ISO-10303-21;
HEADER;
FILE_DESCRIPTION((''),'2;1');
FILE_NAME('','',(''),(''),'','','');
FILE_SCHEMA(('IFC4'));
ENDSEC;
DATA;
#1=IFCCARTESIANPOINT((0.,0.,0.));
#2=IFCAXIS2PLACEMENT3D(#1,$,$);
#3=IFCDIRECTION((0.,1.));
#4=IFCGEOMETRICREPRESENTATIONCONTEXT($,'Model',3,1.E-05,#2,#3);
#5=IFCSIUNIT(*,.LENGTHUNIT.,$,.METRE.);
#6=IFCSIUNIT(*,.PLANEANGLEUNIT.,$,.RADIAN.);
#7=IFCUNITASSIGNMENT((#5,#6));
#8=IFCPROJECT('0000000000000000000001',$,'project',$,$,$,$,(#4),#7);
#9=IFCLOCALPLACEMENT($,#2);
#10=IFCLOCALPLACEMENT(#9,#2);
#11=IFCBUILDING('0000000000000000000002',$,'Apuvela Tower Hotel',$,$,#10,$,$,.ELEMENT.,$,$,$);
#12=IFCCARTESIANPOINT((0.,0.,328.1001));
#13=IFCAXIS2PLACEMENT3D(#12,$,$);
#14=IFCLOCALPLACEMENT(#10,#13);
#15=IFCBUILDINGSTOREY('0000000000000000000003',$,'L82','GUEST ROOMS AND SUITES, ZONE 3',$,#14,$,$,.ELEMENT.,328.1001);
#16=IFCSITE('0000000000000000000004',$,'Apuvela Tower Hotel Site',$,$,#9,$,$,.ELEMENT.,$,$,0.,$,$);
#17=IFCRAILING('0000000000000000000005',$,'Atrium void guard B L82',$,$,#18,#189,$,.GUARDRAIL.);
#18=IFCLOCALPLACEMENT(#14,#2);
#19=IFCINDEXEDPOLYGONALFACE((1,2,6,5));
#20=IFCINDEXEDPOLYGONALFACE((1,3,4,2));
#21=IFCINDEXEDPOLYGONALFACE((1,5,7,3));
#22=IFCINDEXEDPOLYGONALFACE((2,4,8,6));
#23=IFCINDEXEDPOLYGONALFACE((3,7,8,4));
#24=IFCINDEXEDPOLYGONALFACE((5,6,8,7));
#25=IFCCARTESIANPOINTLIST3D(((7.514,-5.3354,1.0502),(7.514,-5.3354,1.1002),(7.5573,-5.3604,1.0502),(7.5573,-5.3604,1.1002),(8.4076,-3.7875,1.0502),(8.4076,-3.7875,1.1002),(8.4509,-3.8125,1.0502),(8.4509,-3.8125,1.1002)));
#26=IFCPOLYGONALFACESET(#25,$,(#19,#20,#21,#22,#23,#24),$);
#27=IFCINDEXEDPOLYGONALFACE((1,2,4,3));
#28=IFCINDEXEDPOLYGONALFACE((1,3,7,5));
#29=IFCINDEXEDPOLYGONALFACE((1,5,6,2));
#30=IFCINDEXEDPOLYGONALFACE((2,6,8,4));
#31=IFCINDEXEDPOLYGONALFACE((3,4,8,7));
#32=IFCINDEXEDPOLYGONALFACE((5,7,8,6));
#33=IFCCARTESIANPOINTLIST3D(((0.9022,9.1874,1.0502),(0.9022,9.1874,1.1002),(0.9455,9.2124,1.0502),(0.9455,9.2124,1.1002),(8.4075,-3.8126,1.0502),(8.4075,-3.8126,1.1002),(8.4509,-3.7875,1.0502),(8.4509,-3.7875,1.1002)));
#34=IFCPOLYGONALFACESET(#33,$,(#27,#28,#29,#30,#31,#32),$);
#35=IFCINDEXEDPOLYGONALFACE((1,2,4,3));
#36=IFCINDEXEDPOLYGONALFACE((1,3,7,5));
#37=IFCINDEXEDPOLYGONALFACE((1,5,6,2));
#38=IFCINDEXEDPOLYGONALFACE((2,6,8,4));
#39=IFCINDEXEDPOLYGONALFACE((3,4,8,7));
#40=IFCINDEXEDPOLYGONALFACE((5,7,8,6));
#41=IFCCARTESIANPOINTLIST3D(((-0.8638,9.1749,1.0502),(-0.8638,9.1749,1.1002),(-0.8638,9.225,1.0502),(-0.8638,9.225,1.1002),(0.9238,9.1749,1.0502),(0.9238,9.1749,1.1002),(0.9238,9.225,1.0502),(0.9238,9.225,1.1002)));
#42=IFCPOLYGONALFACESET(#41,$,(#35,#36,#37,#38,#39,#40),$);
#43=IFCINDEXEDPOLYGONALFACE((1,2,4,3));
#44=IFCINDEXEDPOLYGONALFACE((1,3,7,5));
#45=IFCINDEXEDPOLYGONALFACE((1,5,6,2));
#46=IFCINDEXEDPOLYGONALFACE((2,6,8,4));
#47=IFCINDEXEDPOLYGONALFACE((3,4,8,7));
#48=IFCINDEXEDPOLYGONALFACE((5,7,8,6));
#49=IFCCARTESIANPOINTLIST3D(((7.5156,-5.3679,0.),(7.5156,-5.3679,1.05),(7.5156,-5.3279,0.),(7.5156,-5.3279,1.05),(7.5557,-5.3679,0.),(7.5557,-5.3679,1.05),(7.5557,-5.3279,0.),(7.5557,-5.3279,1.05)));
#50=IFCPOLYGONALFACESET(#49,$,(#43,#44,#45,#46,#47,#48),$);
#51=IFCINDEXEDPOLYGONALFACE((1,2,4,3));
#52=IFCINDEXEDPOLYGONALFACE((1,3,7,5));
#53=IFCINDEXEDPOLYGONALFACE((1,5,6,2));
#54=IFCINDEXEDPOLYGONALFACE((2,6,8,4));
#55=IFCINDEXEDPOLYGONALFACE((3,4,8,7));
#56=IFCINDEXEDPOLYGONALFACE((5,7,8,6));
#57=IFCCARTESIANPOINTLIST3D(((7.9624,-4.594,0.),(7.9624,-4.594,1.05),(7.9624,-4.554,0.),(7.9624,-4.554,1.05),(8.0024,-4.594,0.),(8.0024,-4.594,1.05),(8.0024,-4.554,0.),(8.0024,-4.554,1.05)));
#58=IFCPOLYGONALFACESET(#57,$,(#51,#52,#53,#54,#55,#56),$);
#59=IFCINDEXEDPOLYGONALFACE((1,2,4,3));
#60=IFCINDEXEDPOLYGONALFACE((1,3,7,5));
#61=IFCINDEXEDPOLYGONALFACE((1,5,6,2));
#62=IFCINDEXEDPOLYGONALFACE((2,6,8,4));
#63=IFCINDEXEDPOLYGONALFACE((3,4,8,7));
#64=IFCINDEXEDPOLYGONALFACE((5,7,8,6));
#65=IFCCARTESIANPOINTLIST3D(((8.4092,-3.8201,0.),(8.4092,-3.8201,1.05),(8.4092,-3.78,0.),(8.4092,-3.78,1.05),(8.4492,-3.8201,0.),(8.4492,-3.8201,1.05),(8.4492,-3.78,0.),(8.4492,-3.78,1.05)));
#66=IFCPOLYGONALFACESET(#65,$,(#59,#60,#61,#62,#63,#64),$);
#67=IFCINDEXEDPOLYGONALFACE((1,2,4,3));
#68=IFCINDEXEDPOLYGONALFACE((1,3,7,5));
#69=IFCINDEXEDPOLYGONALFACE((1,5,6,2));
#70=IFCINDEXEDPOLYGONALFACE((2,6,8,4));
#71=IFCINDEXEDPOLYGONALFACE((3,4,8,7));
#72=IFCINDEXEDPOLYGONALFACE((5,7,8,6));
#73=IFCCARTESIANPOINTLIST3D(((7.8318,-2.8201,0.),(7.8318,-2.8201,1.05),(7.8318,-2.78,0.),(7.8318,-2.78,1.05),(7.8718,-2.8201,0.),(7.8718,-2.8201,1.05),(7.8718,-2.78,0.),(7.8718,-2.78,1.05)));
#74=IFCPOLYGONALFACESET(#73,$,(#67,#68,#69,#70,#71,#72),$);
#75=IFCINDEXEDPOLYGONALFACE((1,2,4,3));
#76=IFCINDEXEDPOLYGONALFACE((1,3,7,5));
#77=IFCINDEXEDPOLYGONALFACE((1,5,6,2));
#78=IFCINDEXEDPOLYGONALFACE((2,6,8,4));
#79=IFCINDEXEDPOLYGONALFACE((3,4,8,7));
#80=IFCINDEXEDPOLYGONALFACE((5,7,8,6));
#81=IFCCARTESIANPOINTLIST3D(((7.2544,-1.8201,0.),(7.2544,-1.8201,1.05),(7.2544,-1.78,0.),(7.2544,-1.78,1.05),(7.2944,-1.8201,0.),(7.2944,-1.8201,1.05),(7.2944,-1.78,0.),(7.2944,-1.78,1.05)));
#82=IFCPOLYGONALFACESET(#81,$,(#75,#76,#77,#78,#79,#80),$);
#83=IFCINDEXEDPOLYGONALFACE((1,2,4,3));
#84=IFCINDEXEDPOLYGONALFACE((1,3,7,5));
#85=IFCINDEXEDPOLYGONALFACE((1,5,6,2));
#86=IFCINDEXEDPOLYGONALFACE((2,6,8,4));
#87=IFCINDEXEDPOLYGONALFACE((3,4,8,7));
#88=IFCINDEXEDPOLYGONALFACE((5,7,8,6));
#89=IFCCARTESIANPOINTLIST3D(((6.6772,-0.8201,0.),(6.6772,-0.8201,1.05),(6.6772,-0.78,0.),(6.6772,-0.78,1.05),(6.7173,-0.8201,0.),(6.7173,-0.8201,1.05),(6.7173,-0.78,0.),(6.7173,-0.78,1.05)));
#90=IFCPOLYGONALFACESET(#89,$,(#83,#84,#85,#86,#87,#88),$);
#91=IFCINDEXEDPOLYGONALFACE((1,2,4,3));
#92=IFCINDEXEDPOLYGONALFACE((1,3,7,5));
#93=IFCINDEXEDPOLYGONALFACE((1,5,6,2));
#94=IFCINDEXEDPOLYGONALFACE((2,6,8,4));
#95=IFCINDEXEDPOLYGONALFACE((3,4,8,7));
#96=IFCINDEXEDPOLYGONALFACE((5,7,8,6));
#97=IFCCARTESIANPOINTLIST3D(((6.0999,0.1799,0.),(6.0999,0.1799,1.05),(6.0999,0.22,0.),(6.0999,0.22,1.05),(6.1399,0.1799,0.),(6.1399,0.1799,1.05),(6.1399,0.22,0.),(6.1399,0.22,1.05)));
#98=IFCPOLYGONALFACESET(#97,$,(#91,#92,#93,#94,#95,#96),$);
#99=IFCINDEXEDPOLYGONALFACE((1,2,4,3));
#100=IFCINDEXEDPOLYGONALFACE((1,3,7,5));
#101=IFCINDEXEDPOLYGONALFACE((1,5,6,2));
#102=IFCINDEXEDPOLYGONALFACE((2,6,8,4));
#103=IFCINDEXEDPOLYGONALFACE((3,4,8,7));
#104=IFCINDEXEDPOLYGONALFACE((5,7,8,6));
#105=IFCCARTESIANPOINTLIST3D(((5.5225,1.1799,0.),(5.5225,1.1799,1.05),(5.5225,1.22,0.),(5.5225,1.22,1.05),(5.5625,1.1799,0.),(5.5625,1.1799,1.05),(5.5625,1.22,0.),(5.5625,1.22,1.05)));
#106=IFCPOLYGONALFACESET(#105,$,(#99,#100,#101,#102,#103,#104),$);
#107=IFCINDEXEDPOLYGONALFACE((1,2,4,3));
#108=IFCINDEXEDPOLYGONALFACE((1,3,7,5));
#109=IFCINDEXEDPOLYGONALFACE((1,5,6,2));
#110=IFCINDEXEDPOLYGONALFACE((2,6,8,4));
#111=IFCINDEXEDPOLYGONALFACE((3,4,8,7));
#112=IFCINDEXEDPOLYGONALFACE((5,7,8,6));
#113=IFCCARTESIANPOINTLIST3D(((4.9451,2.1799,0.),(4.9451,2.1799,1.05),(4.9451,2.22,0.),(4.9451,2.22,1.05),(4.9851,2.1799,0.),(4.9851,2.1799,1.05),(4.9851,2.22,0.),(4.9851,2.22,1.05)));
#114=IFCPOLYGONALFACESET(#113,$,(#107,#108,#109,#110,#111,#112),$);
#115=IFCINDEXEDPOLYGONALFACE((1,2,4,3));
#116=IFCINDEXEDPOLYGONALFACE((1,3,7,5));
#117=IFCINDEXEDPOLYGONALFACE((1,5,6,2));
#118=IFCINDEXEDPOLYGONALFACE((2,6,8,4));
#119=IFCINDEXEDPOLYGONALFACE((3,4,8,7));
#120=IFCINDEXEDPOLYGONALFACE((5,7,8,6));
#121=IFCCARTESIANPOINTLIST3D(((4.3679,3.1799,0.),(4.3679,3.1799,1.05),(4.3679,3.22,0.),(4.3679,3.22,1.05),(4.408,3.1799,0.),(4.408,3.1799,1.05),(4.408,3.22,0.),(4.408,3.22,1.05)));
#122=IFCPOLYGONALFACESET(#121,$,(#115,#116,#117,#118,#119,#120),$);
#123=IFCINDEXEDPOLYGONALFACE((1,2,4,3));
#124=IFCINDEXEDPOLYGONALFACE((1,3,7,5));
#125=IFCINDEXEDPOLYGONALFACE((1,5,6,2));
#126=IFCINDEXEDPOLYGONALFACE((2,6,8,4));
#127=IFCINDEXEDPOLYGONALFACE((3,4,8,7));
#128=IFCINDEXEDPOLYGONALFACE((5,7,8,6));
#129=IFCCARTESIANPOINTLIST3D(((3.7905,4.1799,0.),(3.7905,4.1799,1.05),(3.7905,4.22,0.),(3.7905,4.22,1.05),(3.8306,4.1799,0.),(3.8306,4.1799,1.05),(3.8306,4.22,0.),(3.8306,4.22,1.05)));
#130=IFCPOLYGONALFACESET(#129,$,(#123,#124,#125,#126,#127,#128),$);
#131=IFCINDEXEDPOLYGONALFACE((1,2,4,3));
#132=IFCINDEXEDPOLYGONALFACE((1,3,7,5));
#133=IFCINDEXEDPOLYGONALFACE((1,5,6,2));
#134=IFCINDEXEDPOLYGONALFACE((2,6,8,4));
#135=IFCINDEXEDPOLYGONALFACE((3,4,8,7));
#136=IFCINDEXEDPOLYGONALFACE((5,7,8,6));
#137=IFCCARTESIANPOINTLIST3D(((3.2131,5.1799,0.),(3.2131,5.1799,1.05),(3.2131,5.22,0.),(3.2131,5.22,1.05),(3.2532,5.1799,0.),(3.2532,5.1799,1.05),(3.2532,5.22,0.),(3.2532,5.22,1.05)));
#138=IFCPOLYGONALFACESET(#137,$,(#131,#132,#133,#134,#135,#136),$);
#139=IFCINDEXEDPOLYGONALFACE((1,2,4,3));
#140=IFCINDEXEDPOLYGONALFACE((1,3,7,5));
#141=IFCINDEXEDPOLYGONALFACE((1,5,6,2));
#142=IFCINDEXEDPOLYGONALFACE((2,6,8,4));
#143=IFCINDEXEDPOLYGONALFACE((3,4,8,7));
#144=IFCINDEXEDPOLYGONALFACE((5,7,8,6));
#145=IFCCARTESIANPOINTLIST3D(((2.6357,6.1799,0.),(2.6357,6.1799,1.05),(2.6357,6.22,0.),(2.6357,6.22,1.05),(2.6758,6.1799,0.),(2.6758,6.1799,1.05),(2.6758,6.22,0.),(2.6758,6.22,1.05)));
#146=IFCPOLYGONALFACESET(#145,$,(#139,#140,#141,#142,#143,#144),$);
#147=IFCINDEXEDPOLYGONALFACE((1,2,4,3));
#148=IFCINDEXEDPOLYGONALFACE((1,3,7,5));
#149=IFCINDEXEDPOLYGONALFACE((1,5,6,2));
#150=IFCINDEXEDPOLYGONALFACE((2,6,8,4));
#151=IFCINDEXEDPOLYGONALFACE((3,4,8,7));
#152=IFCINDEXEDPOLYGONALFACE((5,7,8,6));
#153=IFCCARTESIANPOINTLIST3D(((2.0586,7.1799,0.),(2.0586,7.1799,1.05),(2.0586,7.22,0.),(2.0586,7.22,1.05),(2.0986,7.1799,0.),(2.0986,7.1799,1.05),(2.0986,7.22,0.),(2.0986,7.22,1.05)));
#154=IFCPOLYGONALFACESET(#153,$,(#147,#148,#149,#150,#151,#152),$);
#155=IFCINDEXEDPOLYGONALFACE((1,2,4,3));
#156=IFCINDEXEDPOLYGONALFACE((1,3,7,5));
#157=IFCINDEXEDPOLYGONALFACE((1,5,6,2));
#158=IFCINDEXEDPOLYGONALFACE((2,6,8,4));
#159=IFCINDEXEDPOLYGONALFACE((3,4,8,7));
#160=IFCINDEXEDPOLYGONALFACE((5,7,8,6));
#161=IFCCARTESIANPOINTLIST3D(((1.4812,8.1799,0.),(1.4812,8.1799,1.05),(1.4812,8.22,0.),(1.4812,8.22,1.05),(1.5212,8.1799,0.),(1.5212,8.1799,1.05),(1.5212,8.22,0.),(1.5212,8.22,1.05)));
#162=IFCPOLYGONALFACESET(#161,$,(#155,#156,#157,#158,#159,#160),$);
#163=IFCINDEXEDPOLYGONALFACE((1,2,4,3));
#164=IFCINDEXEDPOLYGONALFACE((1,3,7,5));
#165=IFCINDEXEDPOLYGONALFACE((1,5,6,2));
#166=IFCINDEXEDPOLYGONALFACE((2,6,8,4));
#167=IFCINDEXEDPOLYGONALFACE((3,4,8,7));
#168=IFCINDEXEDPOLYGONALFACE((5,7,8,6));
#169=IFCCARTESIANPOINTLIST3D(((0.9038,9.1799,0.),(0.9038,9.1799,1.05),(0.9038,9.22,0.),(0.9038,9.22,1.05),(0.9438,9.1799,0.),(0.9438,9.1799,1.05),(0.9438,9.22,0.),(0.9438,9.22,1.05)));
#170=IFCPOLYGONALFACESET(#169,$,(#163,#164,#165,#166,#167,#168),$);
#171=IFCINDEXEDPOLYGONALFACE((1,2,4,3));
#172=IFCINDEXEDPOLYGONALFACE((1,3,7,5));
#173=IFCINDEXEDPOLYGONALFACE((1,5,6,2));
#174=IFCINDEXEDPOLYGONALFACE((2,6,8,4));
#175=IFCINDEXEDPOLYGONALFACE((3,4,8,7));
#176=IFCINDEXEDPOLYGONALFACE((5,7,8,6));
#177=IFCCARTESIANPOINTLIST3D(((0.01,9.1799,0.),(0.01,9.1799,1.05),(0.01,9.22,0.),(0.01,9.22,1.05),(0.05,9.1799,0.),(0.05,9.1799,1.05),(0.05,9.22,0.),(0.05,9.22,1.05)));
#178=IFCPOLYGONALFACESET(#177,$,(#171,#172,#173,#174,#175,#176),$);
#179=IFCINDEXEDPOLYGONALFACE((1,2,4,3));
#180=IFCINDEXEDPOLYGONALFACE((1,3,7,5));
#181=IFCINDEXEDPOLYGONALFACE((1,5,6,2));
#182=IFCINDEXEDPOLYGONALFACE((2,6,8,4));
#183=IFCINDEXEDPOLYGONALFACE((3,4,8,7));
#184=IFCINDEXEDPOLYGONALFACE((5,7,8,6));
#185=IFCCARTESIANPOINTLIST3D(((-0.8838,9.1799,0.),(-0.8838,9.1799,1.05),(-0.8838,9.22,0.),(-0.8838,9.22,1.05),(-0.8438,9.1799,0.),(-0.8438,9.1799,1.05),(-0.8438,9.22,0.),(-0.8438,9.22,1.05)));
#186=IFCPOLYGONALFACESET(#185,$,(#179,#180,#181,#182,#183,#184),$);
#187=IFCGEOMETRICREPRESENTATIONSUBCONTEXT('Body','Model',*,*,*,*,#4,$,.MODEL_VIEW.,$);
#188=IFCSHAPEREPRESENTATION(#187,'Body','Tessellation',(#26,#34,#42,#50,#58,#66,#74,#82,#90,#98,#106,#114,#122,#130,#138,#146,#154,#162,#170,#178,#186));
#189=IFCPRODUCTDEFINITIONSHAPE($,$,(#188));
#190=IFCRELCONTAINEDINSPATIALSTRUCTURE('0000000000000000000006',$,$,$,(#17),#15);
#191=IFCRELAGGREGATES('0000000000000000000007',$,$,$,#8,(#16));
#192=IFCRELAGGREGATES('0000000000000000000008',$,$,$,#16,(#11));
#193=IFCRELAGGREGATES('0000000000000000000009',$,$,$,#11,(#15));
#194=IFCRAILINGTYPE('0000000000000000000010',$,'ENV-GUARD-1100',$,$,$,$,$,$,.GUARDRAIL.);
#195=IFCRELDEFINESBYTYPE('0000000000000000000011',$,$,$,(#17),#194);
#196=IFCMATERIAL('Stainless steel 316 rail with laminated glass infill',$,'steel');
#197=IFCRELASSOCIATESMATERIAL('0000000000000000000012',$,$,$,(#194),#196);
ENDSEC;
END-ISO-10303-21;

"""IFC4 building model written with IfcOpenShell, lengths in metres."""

from ifc_helpers import new_model, si_unit, direction, frame, origin, origin_2d, place, context, subcontext, project, spatial, rectangle, extrude, material, type_object, element, save


model = new_model("IFC4")

# Units and contexts
model_context = context("Model", 3, precision=1e-05, world=origin(), true_north=direction((0.0, 1.0)))
body_context = subcontext(model_context, "Body", "Model", "MODEL_VIEW")
ifc_project = project(units=[si_unit("LENGTHUNIT", "METRE"), si_unit("PLANEANGLEUNIT", "RADIAN")], contexts=[model_context])

# Site, building, storey
site_placement = place(None, origin())
site = spatial("IfcSite", under=ifc_project, at=site_placement, Name="Apuvela Tower Hotel Site", CompositionType="ELEMENT", RefElevation=0.0)
building_placement = place(site_placement, origin())
building = spatial("IfcBuilding", under=site, at=building_placement, Name="Apuvela Tower Hotel", CompositionType="ELEMENT")
storey_placement = place(building_placement, frame((0.0, 0.0, 328.1001)))
storey = spatial("IfcBuildingStorey", under=building, at=storey_placement, Name="L82", Description="GUEST ROOMS AND SUITES, ZONE 3", CompositionType="ELEMENT", Elevation=328.1001)

# Railing
ifc_material_1 = material(Name="Stainless steel 316 rail with laminated glass infill", Category="steel")
railing_type_1 = type_object("IfcRailingType", Name="ENV-GUARD-1100", PredefinedType="GUARDRAIL", material=ifc_material_1)
railing_1_placement = place(storey_placement, frame((7.5356, -5.3479, 0.0)))
element("IfcRailing", 1, at=railing_1_placement, inside=storey, type_object=railing_type_1, Name="Atrium void guard B L82", PredefinedType="GUARDRAIL", context=body_context, shape_type="SweptSolid", body=[
    extrude(rectangle(XDim=0.05, YDim=0.05, at=origin_2d()), frame((0.0, 0.0, 1.0752), z_axis=(0.499959, 0.866049, 0.0), x_axis=(-0.866049, 0.499959, 0.0)), (0.0, 0.0, 1.0), 1.7874),
    extrude(rectangle(XDim=0.05, YDim=0.05, at=origin_2d()), frame((0.8936, 1.5479, 1.0752), z_axis=(-0.499991, 0.866031, 0.0), x_axis=(-0.866031, -0.499991, 0.0)), (0.0, 0.0, 1.0), 15.011),
    extrude(rectangle(XDim=0.05, YDim=0.05, at=origin_2d()), frame((-6.6118, 14.5479, 1.0752), z_axis=(-1.0, 0.0, 0.0), x_axis=(0.0, -1.0, 0.0)), (0.0, 0.0, 1.0), 1.7876),
    extrude(rectangle(XDim=0.04, YDim=0.04, at=origin_2d()), origin(), (0.0, 0.0, 1.0), 1.05),
    extrude(rectangle(XDim=0.04, YDim=0.04, at=origin_2d()), frame((0.4468, 0.7739, 0.0)), (0.0, 0.0, 1.0), 1.05),
    extrude(rectangle(XDim=0.04, YDim=0.04, at=origin_2d()), frame((0.8936, 1.5479, 0.0)), (0.0, 0.0, 1.0), 1.05),
    extrude(rectangle(XDim=0.04, YDim=0.04, at=origin_2d()), frame((0.3162, 2.5479, 0.0)), (0.0, 0.0, 1.0), 1.05),
    extrude(rectangle(XDim=0.04, YDim=0.04, at=origin_2d()), frame((-0.2612, 3.5479, 0.0)), (0.0, 0.0, 1.0), 1.05),
    extrude(rectangle(XDim=0.04, YDim=0.04, at=origin_2d()), frame((-0.8384, 4.5479, 0.0)), (0.0, 0.0, 1.0), 1.05),
    extrude(rectangle(XDim=0.04, YDim=0.04, at=origin_2d()), frame((-1.4158, 5.5479, 0.0)), (0.0, 0.0, 1.0), 1.05),
    extrude(rectangle(XDim=0.04, YDim=0.04, at=origin_2d()), frame((-1.9932, 6.5479, 0.0)), (0.0, 0.0, 1.0), 1.05),
    extrude(rectangle(XDim=0.04, YDim=0.04, at=origin_2d()), frame((-2.5706, 7.5479, 0.0)), (0.0, 0.0, 1.0), 1.05),
    extrude(rectangle(XDim=0.04, YDim=0.04, at=origin_2d()), frame((-3.1477, 8.5479, 0.0)), (0.0, 0.0, 1.0), 1.05),
    extrude(rectangle(XDim=0.04, YDim=0.04, at=origin_2d()), frame((-3.7251, 9.5479, 0.0)), (0.0, 0.0, 1.0), 1.05),
    extrude(rectangle(XDim=0.04, YDim=0.04, at=origin_2d()), frame((-4.3025, 10.5479, 0.0)), (0.0, 0.0, 1.0), 1.05),
    extrude(rectangle(XDim=0.04, YDim=0.04, at=origin_2d()), frame((-4.8799, 11.5479, 0.0)), (0.0, 0.0, 1.0), 1.05),
    extrude(rectangle(XDim=0.04, YDim=0.04, at=origin_2d()), frame((-5.457, 12.5479, 0.0)), (0.0, 0.0, 1.0), 1.05),
    extrude(rectangle(XDim=0.04, YDim=0.04, at=origin_2d()), frame((-6.0344, 13.5479, 0.0)), (0.0, 0.0, 1.0), 1.05),
    extrude(rectangle(XDim=0.04, YDim=0.04, at=origin_2d()), frame((-6.6118, 14.5479, 0.0)), (0.0, 0.0, 1.0), 1.05),
    extrude(rectangle(XDim=0.04, YDim=0.04, at=origin_2d()), frame((-7.5056, 14.5479, 0.0)), (0.0, 0.0, 1.0), 1.05),
    extrude(rectangle(XDim=0.04, YDim=0.04, at=origin_2d()), frame((-8.3994, 14.5479, 0.0)), (0.0, 0.0, 1.0), 1.05),
])

save(model, "model.ifc")
